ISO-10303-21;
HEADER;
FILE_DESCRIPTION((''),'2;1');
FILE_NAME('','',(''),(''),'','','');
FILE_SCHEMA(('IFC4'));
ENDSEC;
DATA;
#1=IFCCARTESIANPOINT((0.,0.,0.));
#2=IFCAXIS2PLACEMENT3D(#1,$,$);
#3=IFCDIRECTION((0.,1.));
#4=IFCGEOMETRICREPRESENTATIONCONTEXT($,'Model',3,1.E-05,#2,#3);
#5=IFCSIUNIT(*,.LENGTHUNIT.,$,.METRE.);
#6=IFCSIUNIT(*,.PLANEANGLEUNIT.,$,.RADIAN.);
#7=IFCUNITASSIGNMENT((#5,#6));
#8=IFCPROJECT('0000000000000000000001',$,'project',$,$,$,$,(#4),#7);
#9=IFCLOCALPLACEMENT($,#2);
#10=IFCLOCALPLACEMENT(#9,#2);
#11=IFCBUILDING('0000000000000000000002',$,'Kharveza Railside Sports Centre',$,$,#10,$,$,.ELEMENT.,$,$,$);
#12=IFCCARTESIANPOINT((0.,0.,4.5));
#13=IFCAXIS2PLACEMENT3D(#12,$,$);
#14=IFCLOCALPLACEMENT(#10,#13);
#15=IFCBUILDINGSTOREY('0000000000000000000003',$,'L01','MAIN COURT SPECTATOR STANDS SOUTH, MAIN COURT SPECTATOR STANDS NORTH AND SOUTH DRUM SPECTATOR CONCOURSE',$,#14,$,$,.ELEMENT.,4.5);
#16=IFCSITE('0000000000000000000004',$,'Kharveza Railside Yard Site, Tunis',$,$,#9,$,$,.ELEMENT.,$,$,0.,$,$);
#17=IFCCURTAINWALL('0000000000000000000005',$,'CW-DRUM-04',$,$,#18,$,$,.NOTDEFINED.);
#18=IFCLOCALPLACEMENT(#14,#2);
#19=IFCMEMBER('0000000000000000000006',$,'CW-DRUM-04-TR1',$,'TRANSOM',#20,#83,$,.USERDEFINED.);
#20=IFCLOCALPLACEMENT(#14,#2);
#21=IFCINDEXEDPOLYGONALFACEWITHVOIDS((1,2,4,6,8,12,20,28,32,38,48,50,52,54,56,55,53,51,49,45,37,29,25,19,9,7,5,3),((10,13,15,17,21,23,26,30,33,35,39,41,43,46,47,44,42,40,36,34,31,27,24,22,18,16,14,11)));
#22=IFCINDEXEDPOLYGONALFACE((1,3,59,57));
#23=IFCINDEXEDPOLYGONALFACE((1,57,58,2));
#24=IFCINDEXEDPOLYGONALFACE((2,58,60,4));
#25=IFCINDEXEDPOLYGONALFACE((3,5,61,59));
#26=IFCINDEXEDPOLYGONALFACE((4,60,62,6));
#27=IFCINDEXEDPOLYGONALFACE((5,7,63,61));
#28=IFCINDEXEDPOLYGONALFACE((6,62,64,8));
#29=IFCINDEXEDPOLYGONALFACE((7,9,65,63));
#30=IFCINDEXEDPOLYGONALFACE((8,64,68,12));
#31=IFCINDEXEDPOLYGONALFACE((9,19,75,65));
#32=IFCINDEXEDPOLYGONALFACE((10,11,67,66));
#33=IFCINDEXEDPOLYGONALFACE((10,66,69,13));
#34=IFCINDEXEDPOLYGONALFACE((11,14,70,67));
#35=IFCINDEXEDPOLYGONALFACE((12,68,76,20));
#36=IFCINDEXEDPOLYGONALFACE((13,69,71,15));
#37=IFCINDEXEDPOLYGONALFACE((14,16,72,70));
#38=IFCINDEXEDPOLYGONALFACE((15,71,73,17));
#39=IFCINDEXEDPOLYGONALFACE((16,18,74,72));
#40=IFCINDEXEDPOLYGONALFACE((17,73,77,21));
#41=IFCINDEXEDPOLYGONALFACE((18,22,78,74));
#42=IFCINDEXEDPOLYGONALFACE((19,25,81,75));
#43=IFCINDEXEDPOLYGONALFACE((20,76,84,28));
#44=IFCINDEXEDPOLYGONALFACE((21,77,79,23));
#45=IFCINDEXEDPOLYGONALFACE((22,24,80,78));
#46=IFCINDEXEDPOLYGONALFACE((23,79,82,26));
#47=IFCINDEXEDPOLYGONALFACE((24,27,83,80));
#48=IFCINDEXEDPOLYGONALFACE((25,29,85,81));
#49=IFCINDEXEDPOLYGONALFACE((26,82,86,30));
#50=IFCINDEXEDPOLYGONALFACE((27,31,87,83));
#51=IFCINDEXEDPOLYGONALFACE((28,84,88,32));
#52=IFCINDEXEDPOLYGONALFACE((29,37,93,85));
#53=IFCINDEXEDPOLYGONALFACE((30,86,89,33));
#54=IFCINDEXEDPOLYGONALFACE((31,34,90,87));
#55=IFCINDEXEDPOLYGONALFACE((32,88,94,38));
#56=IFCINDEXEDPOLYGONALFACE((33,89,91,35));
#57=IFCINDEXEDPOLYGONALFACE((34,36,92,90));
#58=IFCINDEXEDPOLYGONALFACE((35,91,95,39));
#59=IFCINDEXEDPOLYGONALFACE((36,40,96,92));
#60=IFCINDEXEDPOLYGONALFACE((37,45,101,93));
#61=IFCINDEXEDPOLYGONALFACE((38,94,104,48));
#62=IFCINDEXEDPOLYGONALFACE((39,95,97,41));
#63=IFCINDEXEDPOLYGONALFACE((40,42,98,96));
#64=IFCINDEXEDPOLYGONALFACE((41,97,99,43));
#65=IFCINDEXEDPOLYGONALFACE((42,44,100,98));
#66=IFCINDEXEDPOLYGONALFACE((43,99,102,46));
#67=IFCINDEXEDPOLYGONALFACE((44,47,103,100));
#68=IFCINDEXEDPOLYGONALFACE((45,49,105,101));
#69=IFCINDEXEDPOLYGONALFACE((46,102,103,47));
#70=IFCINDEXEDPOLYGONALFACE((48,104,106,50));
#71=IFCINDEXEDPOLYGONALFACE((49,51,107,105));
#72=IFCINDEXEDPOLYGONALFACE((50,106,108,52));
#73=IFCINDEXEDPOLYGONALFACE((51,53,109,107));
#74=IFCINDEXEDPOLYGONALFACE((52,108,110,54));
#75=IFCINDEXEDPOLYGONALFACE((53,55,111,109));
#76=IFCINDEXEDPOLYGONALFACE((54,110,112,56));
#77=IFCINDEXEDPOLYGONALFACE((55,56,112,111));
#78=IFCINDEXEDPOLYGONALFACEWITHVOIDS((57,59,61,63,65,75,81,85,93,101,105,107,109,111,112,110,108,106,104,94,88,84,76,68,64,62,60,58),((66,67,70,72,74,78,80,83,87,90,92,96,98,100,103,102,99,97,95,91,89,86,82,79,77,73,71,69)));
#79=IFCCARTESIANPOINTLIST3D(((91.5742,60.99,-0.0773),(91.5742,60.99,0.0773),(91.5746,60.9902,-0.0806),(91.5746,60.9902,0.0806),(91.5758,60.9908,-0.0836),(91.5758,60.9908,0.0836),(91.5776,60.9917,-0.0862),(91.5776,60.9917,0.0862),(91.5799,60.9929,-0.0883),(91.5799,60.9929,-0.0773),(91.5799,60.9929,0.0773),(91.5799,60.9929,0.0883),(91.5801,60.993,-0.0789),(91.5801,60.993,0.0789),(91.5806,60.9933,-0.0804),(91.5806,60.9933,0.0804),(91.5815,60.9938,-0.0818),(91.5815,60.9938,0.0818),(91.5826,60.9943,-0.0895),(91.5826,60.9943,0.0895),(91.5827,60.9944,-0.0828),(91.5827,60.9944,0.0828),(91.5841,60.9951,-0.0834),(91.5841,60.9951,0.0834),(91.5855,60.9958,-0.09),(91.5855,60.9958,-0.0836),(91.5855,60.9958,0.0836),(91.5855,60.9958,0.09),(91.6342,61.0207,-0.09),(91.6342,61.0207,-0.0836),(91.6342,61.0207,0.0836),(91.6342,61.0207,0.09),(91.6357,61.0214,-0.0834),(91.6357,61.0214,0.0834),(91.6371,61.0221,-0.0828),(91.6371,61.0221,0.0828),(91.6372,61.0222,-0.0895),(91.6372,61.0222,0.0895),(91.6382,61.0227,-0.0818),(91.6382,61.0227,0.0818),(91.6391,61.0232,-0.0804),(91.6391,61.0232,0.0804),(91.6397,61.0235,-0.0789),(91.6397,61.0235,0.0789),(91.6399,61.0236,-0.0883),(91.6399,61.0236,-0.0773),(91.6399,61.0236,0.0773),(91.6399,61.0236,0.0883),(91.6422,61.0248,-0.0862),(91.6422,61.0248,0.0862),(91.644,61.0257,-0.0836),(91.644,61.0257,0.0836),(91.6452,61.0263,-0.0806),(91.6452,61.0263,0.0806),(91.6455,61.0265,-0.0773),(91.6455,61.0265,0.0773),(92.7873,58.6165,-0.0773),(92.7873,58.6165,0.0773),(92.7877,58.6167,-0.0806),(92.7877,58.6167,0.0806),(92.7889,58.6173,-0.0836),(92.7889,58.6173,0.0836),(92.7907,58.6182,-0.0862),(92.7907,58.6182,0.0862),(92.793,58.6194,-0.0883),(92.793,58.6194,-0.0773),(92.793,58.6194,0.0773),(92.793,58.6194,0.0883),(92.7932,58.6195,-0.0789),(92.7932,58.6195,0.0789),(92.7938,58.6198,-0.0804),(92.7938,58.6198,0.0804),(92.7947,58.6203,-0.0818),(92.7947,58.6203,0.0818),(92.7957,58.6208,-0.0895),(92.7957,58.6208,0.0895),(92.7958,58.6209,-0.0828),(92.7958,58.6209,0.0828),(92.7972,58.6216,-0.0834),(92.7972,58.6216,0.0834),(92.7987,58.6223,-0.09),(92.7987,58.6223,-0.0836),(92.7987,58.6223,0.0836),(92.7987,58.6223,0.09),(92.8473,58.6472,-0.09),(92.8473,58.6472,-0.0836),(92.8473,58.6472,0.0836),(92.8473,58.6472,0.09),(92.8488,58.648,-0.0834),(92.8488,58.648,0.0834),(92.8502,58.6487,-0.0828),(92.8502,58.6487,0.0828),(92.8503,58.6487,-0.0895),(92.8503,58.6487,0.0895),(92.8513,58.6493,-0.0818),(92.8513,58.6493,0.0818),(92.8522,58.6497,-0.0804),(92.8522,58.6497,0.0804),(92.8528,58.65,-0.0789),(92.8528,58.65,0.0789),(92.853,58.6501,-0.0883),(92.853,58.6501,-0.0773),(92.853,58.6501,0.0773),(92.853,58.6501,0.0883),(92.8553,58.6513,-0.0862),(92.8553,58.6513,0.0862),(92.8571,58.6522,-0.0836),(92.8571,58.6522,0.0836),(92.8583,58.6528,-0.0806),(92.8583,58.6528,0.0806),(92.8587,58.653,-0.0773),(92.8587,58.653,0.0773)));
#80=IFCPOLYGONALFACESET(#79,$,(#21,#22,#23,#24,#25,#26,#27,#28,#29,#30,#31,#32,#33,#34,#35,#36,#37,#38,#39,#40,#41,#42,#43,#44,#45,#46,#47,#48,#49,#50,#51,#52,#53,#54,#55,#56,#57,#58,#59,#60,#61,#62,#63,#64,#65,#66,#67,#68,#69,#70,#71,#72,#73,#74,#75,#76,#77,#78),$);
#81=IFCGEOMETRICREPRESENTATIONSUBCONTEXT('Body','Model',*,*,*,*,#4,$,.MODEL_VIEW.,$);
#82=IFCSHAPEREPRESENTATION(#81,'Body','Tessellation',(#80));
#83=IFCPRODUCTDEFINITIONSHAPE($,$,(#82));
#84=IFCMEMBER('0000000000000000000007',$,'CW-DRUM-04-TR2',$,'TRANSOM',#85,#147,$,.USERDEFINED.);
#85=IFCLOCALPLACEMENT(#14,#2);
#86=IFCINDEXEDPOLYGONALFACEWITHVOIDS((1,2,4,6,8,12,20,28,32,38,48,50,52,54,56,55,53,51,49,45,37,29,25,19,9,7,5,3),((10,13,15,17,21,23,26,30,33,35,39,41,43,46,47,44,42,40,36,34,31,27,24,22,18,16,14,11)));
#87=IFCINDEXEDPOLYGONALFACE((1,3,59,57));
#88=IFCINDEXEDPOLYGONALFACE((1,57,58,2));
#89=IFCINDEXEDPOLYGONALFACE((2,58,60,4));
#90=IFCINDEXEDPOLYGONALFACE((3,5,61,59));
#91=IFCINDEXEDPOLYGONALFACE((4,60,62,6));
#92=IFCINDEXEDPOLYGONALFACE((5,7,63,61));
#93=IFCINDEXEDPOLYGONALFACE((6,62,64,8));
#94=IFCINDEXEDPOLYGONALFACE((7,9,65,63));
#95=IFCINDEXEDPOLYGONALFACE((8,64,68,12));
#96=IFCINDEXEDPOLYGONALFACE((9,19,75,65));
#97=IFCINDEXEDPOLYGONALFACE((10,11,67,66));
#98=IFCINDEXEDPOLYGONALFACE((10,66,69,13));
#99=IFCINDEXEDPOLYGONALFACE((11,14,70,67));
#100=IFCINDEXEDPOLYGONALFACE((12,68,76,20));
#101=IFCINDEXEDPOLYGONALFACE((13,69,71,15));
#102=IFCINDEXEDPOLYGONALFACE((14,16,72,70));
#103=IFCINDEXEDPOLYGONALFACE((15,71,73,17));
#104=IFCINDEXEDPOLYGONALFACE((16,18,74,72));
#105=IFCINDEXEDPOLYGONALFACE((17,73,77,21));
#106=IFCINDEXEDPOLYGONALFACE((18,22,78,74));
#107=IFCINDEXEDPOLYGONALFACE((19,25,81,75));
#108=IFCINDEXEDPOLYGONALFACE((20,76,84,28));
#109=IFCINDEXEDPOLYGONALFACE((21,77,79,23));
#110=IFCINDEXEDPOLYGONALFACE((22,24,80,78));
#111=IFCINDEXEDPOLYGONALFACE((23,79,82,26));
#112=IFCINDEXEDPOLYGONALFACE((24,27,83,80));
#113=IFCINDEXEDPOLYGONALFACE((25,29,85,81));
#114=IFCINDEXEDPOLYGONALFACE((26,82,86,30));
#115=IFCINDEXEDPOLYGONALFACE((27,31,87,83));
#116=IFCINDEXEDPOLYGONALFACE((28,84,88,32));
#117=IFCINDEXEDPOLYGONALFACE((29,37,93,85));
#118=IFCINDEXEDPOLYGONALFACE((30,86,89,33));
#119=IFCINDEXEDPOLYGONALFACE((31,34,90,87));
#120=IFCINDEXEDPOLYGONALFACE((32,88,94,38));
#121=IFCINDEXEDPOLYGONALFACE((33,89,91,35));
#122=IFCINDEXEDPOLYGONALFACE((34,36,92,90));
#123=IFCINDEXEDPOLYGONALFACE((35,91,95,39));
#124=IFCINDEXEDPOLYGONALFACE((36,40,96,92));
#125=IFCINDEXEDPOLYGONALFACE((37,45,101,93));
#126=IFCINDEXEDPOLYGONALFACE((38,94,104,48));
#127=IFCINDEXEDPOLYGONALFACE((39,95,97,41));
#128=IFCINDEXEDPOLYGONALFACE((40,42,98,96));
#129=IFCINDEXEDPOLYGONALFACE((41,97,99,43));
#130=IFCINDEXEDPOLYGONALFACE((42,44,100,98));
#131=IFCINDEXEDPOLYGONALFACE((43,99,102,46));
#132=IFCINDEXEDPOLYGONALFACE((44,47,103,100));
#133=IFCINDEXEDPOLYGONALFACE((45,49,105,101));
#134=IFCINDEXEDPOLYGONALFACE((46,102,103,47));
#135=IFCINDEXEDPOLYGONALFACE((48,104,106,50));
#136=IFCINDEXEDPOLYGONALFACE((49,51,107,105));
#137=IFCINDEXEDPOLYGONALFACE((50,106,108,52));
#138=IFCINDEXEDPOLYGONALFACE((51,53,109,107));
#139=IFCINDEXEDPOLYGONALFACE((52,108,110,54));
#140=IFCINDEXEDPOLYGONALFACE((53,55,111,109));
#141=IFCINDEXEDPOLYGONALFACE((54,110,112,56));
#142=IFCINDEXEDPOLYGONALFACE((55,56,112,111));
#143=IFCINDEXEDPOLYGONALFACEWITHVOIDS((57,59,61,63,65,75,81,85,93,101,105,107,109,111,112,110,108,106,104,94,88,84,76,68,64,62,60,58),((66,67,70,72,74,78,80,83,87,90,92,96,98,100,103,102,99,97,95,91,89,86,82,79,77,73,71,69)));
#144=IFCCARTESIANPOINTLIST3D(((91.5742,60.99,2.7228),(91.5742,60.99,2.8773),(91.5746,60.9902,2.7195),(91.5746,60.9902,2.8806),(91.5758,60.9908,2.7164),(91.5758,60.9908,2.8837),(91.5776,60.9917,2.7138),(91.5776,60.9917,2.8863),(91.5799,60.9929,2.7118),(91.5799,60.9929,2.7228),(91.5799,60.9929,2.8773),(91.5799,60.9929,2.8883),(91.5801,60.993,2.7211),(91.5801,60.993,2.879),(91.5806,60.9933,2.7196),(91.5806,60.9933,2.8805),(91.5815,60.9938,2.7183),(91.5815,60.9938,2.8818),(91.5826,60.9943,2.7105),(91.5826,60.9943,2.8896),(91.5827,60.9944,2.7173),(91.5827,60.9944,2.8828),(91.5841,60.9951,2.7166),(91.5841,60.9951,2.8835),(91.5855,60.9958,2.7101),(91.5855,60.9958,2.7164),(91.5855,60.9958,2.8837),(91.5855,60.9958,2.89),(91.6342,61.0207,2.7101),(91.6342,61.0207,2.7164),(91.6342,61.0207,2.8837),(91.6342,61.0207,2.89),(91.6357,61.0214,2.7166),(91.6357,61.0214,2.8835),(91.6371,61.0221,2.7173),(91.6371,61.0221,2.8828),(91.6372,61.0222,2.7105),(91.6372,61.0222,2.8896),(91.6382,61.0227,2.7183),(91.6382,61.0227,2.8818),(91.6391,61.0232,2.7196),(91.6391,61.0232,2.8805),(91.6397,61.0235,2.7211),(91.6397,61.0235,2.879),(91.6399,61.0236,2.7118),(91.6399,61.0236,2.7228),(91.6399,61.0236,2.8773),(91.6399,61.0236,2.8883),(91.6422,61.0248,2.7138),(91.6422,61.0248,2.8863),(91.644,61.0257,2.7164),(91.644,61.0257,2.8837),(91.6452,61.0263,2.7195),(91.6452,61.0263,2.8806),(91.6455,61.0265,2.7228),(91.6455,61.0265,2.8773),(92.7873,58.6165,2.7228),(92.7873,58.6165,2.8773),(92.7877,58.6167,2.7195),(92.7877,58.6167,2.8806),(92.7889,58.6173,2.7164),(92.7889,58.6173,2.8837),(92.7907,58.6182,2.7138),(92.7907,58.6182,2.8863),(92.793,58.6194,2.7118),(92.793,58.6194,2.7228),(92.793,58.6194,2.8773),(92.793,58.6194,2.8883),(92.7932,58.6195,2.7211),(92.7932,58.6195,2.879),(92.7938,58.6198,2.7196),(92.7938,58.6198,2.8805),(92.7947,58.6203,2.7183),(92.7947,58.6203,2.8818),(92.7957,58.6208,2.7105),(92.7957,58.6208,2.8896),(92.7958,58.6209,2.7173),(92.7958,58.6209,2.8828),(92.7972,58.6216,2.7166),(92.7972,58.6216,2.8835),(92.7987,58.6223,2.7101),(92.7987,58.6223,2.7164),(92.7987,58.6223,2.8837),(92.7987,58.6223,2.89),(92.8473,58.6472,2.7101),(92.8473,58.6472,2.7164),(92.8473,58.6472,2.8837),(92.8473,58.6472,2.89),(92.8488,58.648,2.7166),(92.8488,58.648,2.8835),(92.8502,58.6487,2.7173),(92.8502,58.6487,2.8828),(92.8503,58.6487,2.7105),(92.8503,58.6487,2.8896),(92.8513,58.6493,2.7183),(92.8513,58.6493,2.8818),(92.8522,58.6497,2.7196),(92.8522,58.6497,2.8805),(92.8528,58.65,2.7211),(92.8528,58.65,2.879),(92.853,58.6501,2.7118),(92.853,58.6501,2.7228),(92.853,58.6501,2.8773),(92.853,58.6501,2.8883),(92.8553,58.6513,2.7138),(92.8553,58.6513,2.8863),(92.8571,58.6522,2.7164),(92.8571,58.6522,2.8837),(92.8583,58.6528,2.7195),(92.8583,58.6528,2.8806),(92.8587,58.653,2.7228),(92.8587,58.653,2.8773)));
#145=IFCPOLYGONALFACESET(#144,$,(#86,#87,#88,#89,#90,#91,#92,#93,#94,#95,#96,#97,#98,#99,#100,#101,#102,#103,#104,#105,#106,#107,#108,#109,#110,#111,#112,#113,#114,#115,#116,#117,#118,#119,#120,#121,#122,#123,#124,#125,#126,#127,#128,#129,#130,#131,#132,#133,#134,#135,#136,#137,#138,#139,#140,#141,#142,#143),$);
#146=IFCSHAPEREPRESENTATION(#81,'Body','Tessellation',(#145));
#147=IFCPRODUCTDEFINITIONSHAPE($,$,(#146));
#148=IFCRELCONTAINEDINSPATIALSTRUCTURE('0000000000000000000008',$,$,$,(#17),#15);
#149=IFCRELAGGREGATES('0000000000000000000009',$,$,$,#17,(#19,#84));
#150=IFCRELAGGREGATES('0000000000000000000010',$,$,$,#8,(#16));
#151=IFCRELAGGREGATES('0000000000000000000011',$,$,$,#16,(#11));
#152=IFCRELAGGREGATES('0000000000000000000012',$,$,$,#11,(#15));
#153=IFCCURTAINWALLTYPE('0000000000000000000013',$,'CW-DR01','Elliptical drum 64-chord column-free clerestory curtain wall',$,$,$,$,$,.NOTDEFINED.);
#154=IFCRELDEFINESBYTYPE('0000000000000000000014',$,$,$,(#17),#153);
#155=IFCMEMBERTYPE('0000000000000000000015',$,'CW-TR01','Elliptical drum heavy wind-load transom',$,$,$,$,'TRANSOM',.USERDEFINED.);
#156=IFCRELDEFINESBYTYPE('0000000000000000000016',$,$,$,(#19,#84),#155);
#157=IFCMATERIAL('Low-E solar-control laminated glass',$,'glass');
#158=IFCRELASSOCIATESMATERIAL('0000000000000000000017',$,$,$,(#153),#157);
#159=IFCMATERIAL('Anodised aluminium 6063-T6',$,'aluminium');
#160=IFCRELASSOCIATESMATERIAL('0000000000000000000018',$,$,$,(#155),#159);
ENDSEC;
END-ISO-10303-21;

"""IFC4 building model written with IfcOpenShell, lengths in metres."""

from ifc_helpers import new_model, si_unit, direction, frame, origin, origin_2d, place, context, subcontext, project, spatial, hollow_rectangle, extrude, material, material_profile, profile_set, type_object, element, aggregate, save


model = new_model("IFC4")

# Units and contexts
model_context = context("Model", 3, precision=1e-05, world=origin(), true_north=direction((0.0, 1.0)))
body_context = subcontext(model_context, "Body", "Model", "MODEL_VIEW")
ifc_project = project(units=[si_unit("LENGTHUNIT", "METRE"), si_unit("PLANEANGLEUNIT", "RADIAN")], contexts=[model_context])

# Site, building, storey
site_placement = place(None, origin())
site = spatial("IfcSite", under=ifc_project, at=site_placement, Name="Kharveza Railside Yard Site, Tunis", CompositionType="ELEMENT", RefElevation=0.0)
building_placement = place(site_placement, origin())
building = spatial("IfcBuilding", under=site, at=building_placement, Name="Kharveza Railside Sports Centre", CompositionType="ELEMENT")
storey_placement = place(building_placement, frame((0.0, 0.0, 4.5)))
storey = spatial("IfcBuildingStorey", under=building, at=storey_placement, Name="L01", Description="MAIN COURT SPECTATOR STANDS SOUTH, MAIN COURT SPECTATOR STANDS NORTH AND SOUTH DRUM SPECTATOR CONCOURSE", CompositionType="ELEMENT", Elevation=4.5)

# Curtain wall
ifc_material_1 = material(Name="Low-E solar-control laminated glass", Category="glass")
curtain_wall_type = type_object("IfcCurtainWallType", Name="CW-DR01", Description="Elliptical drum 64-chord column-free clerestory curtain wall", PredefinedType="NOTDEFINED", material=ifc_material_1)
ifc_material_2 = material(Name="Anodised aluminium 6063-T6", Category="aluminium")
curtain_wall_1_placement = place(storey_placement, origin())
curtain_wall_1 = element("IfcCurtainWall", 1, at=curtain_wall_1_placement, inside=storey, type_object=curtain_wall_type, Name="CW-DRUM-04", PredefinedType="NOTDEFINED")

# Members
ifc_material_profile_1 = material_profile(ifc_material_2, hollow_rectangle(XDim=0.0801, YDim=0.1799, WallThickness=0.0063, InnerFilletRadius=0.0063, OuterFilletRadius=0.0127, at=origin_2d()), Name="RHS 80x180x6.3")
ifc_profile_set_1 = profile_set([ifc_material_profile_1], Name="Anodised aluminium 6063-T6")
member_type_1 = type_object("IfcMemberType", Name="CW-TR01", Description="Elliptical drum heavy wind-load transom", ElementType="TRANSOM", PredefinedType="USERDEFINED", material=ifc_profile_set_1)
member_1_placement = place(storey_placement, frame((92.823, 58.6348, 0.0), z_axis=(-0.455109, 0.890436, 0.0), x_axis=(-0.890436, -0.455109, 0.0)))
member_1 = element("IfcMember", 2, at=member_1_placement, type_object=member_type_1, Name="CW-DRUM-04-TR1", ObjectType="TRANSOM", PredefinedType="USERDEFINED", context=body_context, shape_type="SweptSolid", body=[
    extrude(hollow_rectangle(XDim=0.0801, YDim=0.1799, WallThickness=0.0063, InnerFilletRadius=0.0063, OuterFilletRadius=0.0127, at=origin_2d()), origin(), (0.0, 0.0, 1.0), 2.6655),
])
member_2_placement = place(storey_placement, frame((92.823, 58.6348, 2.8), z_axis=(-0.455109, 0.890436, 0.0), x_axis=(-0.890436, -0.455109, 0.0)))
member_2 = element("IfcMember", 3, at=member_2_placement, type_object=member_type_1, Name="CW-DRUM-04-TR2", ObjectType="TRANSOM", PredefinedType="USERDEFINED", context=body_context, shape_type="SweptSolid", body=[
    extrude(hollow_rectangle(XDim=0.0801, YDim=0.1799, WallThickness=0.0063, InnerFilletRadius=0.0063, OuterFilletRadius=0.0127, at=origin_2d()), origin(), (0.0, 0.0, 1.0), 2.6655),
])

aggregate(curtain_wall_1, [member_1, member_2])

save(model, "model.ifc")
